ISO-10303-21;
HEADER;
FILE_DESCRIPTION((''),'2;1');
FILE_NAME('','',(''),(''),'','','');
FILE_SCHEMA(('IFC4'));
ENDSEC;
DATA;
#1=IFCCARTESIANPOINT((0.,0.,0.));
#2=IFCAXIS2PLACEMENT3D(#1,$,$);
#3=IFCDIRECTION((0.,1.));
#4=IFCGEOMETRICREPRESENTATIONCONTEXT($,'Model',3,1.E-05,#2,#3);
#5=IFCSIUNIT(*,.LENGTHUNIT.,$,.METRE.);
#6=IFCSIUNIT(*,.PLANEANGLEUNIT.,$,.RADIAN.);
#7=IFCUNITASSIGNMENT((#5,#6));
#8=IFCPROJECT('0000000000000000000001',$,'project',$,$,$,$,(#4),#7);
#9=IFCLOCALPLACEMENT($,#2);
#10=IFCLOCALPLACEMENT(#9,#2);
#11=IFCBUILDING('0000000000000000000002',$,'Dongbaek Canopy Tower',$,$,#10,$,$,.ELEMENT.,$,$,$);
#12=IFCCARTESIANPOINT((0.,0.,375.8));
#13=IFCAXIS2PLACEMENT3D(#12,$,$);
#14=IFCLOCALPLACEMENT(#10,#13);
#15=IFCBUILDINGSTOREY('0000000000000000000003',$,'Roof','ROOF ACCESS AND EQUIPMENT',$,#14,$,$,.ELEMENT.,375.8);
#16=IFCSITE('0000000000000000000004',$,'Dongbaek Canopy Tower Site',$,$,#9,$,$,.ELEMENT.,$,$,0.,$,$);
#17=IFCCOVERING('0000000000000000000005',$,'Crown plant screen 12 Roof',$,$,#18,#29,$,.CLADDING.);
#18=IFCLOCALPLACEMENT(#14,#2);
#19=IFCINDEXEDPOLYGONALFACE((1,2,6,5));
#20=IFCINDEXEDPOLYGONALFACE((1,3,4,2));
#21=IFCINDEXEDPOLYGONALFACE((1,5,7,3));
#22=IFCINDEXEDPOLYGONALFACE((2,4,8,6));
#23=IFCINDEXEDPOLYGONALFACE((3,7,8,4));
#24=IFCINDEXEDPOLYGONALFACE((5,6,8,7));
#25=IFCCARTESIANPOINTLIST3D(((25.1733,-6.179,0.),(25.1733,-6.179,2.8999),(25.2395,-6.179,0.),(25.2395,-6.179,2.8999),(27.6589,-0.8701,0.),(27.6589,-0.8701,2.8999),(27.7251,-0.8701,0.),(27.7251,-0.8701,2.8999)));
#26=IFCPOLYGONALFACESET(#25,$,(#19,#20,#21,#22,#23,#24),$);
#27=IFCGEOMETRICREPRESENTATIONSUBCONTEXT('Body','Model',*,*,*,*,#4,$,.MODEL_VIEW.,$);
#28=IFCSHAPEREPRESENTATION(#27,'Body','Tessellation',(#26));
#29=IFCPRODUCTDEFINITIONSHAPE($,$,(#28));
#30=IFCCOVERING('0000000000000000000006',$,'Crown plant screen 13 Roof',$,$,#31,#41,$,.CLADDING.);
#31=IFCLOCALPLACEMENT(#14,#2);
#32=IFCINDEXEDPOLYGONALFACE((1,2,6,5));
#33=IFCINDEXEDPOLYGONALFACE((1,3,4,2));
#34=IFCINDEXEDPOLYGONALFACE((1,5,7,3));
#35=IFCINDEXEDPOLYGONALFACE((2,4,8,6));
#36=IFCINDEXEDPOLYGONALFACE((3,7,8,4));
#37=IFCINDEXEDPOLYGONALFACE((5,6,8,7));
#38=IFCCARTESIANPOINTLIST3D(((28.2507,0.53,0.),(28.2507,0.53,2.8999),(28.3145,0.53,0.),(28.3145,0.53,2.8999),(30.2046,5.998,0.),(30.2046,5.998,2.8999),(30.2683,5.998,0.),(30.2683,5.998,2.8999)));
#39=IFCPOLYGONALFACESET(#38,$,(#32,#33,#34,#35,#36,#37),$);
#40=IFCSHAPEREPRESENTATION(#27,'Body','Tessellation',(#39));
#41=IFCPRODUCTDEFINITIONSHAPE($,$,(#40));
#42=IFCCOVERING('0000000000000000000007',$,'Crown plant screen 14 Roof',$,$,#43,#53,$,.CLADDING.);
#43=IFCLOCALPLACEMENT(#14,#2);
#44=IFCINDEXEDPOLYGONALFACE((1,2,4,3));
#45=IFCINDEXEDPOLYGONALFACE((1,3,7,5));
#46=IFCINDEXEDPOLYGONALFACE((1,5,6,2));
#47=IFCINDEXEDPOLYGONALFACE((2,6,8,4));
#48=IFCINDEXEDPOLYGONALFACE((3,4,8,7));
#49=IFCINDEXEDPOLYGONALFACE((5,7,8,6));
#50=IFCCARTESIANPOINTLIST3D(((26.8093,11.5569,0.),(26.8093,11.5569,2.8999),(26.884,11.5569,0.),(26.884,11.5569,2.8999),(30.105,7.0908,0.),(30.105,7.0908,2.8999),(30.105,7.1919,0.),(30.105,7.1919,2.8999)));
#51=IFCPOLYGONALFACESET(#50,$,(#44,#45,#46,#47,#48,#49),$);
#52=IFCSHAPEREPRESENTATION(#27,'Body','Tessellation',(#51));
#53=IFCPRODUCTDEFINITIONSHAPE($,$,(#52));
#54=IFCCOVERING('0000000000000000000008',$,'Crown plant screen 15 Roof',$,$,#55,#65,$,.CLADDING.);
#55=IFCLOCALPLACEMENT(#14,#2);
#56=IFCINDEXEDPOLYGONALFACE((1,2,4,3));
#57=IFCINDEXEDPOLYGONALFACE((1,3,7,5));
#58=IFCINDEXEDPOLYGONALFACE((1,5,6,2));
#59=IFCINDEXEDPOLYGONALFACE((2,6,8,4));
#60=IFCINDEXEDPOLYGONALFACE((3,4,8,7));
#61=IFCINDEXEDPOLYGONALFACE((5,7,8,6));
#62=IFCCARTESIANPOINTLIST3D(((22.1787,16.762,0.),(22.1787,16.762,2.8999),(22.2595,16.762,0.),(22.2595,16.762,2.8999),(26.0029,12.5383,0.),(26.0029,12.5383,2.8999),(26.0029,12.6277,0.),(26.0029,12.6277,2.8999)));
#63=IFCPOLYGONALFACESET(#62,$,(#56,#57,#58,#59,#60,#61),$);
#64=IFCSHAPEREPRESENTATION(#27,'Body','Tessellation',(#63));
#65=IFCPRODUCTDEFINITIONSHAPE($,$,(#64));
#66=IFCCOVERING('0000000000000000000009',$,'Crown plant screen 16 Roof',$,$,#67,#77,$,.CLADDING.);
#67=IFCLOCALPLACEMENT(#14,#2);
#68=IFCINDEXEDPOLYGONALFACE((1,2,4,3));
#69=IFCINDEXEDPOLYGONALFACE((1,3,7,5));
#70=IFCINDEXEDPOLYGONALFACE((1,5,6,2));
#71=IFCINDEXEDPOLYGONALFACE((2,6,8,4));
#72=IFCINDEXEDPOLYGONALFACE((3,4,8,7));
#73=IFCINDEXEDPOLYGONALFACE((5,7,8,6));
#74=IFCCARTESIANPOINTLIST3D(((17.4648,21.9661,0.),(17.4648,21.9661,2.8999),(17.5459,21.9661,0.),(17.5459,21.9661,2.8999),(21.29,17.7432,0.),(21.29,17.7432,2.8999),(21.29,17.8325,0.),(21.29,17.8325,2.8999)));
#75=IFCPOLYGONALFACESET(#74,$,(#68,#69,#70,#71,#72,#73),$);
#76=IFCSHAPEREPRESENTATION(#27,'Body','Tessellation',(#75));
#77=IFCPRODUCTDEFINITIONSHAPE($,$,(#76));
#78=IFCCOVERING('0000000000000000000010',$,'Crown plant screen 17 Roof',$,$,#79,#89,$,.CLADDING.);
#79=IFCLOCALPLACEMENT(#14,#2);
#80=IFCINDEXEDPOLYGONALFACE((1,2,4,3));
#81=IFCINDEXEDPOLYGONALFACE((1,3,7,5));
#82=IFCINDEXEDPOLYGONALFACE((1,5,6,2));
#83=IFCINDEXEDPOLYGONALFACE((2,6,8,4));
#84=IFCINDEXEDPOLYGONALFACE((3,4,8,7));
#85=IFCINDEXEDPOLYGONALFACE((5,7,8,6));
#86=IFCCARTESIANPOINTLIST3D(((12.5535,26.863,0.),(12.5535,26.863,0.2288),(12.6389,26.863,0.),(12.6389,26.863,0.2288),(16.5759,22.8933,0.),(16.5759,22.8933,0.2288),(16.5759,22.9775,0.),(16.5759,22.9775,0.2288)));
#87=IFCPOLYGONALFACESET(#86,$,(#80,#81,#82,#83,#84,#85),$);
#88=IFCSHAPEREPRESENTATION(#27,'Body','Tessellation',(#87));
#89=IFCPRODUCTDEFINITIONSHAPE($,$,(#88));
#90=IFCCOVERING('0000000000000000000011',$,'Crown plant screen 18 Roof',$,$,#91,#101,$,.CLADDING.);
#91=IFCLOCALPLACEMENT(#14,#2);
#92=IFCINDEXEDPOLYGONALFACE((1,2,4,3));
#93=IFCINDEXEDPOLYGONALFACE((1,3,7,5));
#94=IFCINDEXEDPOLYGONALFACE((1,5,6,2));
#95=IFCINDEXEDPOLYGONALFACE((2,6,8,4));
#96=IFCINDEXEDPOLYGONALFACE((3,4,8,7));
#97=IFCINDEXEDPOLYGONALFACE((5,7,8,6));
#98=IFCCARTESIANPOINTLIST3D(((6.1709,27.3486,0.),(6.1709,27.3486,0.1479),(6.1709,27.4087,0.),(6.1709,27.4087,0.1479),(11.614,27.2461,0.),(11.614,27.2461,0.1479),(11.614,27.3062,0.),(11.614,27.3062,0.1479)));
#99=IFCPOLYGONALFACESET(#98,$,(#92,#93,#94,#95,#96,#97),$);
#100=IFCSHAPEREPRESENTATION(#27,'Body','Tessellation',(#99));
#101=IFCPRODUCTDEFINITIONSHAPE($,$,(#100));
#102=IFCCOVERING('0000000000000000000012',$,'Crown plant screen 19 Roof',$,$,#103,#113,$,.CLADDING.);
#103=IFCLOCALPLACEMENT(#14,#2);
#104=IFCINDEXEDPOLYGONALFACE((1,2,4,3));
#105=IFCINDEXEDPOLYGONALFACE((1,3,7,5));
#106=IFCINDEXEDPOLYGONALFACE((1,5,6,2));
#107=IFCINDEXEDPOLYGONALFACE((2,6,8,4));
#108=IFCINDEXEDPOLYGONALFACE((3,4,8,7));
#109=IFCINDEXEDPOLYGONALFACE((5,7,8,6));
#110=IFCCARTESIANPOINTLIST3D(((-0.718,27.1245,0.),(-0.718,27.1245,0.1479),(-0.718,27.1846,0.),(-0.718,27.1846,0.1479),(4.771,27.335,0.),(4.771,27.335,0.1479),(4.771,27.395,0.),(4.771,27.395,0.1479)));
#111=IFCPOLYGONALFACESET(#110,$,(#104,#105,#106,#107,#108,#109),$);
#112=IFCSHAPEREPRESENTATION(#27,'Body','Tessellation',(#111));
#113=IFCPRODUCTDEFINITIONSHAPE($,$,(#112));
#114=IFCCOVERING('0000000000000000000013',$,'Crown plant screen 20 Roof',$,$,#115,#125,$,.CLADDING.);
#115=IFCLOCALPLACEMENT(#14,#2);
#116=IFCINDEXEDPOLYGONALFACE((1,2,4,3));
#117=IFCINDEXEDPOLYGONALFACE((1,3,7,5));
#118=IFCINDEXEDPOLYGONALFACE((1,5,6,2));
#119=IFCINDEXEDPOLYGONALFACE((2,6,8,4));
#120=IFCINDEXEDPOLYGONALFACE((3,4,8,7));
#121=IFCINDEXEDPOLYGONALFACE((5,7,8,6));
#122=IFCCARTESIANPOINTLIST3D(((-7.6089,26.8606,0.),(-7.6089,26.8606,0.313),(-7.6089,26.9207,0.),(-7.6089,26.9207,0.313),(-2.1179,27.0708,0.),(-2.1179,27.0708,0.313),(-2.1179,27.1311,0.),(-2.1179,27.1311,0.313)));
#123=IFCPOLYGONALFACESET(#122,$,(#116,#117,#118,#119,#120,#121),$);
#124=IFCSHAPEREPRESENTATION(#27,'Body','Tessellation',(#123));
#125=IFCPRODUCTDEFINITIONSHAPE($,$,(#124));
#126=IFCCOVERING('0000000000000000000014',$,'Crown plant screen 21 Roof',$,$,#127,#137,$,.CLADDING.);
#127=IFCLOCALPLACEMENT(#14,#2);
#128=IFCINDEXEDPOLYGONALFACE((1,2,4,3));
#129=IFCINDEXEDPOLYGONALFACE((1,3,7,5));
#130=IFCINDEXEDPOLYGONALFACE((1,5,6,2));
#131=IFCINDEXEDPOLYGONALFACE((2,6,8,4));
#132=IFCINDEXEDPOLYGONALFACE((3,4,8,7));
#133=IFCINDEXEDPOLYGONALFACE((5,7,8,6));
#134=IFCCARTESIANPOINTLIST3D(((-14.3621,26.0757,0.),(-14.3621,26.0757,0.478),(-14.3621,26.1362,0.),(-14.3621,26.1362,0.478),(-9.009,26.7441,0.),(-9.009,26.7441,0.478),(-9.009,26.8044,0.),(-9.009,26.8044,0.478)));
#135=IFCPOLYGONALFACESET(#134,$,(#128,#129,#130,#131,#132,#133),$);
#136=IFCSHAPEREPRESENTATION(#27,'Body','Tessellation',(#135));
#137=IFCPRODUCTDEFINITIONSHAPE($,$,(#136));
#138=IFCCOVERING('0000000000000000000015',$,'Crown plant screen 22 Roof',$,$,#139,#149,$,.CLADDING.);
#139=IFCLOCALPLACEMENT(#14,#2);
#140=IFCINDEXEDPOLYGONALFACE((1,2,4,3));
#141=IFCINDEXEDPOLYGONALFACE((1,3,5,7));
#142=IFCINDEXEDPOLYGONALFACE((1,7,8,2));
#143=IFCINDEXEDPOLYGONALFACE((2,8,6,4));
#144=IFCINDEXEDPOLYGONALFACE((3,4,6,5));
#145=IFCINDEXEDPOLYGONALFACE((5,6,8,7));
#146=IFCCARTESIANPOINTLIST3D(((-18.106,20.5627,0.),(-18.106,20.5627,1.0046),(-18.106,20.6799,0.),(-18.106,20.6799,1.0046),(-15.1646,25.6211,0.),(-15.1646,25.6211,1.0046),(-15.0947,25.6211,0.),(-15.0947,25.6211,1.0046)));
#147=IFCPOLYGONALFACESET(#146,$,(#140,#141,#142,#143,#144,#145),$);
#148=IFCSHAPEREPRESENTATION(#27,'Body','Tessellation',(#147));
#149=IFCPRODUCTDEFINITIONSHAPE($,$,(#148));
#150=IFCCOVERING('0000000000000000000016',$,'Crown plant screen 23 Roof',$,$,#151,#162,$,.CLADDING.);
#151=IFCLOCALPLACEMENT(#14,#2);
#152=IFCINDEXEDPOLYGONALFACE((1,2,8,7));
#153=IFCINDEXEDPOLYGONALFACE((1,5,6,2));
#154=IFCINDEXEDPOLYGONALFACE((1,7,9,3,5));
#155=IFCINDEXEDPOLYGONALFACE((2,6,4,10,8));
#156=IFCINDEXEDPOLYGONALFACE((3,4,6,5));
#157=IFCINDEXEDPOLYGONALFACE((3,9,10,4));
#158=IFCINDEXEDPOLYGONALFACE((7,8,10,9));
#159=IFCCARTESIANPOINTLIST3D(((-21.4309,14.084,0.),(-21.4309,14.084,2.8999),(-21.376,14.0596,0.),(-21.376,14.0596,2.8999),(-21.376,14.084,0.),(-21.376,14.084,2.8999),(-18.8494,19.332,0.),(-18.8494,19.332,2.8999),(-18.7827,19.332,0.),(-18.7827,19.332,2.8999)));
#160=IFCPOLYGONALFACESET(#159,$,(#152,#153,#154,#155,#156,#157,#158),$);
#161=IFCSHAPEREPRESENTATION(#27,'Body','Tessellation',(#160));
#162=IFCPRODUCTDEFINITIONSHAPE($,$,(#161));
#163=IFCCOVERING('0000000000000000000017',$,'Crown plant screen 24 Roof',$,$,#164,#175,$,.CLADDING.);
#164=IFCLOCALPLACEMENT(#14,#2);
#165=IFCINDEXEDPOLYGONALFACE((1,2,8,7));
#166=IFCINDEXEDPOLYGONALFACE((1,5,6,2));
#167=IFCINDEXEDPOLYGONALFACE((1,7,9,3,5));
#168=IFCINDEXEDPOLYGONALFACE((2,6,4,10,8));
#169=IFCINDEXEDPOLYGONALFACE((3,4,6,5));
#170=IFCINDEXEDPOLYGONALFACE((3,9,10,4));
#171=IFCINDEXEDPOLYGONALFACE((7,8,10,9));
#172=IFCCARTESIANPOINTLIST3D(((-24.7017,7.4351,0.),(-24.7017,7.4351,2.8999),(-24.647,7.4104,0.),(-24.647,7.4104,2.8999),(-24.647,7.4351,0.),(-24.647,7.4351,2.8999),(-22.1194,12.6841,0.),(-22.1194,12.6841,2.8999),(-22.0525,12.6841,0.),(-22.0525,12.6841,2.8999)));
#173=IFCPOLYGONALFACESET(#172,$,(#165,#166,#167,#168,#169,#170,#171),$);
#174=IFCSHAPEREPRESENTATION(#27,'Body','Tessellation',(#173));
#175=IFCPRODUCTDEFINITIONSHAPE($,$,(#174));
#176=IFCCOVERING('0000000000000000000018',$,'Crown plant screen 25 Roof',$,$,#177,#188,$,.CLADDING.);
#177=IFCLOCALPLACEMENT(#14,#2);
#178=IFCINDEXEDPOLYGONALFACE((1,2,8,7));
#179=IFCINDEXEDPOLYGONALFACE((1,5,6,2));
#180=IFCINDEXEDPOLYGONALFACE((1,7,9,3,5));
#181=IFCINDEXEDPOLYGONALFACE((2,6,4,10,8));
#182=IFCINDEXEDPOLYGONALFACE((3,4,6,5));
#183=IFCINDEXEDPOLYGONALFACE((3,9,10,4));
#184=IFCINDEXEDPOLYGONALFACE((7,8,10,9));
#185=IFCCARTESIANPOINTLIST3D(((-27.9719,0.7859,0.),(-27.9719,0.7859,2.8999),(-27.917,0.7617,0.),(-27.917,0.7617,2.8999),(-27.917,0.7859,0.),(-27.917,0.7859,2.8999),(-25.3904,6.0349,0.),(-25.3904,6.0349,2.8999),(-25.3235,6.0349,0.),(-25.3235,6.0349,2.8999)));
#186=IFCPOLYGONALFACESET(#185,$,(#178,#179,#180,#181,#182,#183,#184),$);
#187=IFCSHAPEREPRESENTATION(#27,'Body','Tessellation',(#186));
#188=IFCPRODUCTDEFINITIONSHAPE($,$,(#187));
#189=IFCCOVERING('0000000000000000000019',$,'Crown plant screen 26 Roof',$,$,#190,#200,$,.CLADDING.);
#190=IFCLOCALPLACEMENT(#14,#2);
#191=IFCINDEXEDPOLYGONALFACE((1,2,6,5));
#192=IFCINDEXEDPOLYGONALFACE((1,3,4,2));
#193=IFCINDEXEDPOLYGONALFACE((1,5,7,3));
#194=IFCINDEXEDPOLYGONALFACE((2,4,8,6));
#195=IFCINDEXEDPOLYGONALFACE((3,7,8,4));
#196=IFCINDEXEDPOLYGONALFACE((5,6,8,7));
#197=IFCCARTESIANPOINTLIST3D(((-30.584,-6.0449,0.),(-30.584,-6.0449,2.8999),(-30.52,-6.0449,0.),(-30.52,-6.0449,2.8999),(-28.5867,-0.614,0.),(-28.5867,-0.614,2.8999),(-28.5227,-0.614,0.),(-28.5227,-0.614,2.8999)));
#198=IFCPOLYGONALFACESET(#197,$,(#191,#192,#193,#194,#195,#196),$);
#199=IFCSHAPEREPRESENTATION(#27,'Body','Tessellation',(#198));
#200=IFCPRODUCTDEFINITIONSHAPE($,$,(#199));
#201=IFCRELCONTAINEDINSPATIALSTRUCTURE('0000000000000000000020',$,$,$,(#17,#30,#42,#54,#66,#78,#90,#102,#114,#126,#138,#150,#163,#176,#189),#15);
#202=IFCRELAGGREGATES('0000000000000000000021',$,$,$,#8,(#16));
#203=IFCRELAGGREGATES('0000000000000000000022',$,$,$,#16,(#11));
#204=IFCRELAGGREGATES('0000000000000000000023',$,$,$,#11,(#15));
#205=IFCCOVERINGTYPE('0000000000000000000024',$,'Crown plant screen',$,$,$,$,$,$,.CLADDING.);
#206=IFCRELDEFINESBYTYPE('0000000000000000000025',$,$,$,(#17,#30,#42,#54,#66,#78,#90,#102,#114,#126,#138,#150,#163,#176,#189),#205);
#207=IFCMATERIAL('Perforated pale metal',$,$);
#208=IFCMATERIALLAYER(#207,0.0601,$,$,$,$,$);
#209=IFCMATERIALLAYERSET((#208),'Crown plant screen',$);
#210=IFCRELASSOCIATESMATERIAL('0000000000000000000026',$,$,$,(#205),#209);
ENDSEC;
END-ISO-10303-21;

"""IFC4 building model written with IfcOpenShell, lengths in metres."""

from ifc_helpers import new_model, si_unit, direction, frame, origin, place, context, subcontext, project, spatial, polyline, outline, extrude, material, layer, layer_set, type_object, element, save


model = new_model("IFC4")

# Units and contexts
model_context = context("Model", 3, precision=1e-05, world=origin(), true_north=direction((0.0, 1.0)))
body_context = subcontext(model_context, "Body", "Model", "MODEL_VIEW")
ifc_project = project(units=[si_unit("LENGTHUNIT", "METRE"), si_unit("PLANEANGLEUNIT", "RADIAN")], contexts=[model_context])

# Site, building, storey
site_placement = place(None, origin())
site = spatial("IfcSite", under=ifc_project, at=site_placement, Name="Dongbaek Canopy Tower Site", CompositionType="ELEMENT", RefElevation=0.0)
building_placement = place(site_placement, origin())
building = spatial("IfcBuilding", under=site, at=building_placement, Name="Dongbaek Canopy Tower", CompositionType="ELEMENT")
storey_placement = place(building_placement, frame((0.0, 0.0, 375.8)))
storey = spatial("IfcBuildingStorey", under=building, at=storey_placement, Name="Roof", Description="ROOF ACCESS AND EQUIPMENT", CompositionType="ELEMENT", Elevation=375.8)

# Coverings
ifc_material_1 = material(Name="Perforated pale metal")
ifc_layer_1 = layer(ifc_material_1, 0.0601)
ifc_layer_set_1 = layer_set([ifc_layer_1], Name="Crown plant screen")
covering_type = type_object("IfcCoveringType", Name="Crown plant screen", PredefinedType="CLADDING", material=ifc_layer_set_1)
covering_1_placement = place(storey_placement, origin())
element("IfcCovering", 1, at=covering_1_placement, inside=storey, type_object=covering_type, Name="Crown plant screen 12 Roof", PredefinedType="CLADDING", context=body_context, shape_type="SweptSolid", body=[
    extrude(outline(polyline([(25.2395, -6.179), (25.1733, -6.179), (27.6589, -0.8701), (27.7251, -0.8701), (25.2395, -6.179)])), origin(), (0.0, 0.0, 1.0), 2.8999),
])
covering_2_placement = place(storey_placement, origin())
element("IfcCovering", 2, at=covering_2_placement, inside=storey, type_object=covering_type, Name="Crown plant screen 13 Roof", PredefinedType="CLADDING", context=body_context, shape_type="SweptSolid", body=[
    extrude(outline(polyline([(28.3145, 0.53), (28.2507, 0.53), (30.2046, 5.998), (30.2683, 5.998), (28.3145, 0.53)])), origin(), (0.0, 0.0, 1.0), 2.8999),
])
covering_3_placement = place(storey_placement, origin())
element("IfcCovering", 3, at=covering_3_placement, inside=storey, type_object=covering_type, Name="Crown plant screen 14 Roof", PredefinedType="CLADDING", context=body_context, shape_type="SweptSolid", body=[
    extrude(outline(polyline([(30.105, 7.1919), (30.105, 7.0908), (26.8093, 11.5569), (26.884, 11.5569), (30.105, 7.1919)])), origin(), (0.0, 0.0, 1.0), 2.8999),
])
covering_4_placement = place(storey_placement, origin())
element("IfcCovering", 4, at=covering_4_placement, inside=storey, type_object=covering_type, Name="Crown plant screen 15 Roof", PredefinedType="CLADDING", context=body_context, shape_type="SweptSolid", body=[
    extrude(outline(polyline([(26.0029, 12.6277), (26.0029, 12.5383), (22.1787, 16.762), (22.2595, 16.762), (26.0029, 12.6277)])), origin(), (0.0, 0.0, 1.0), 2.8999),
])
covering_5_placement = place(storey_placement, origin())
element("IfcCovering", 5, at=covering_5_placement, inside=storey, type_object=covering_type, Name="Crown plant screen 16 Roof", PredefinedType="CLADDING", context=body_context, shape_type="SweptSolid", body=[
    extrude(outline(polyline([(21.29, 17.8325), (21.29, 17.7432), (17.4648, 21.9661), (17.5459, 21.9661), (21.29, 17.8325)])), origin(), (0.0, 0.0, 1.0), 2.8999),
])
covering_6_placement = place(storey_placement, origin())
element("IfcCovering", 6, at=covering_6_placement, inside=storey, type_object=covering_type, Name="Crown plant screen 17 Roof", PredefinedType="CLADDING", context=body_context, shape_type="SweptSolid", body=[
    extrude(outline(polyline([(16.5759, 22.9775), (16.5759, 22.8933), (12.5535, 26.863), (12.6389, 26.863), (16.5759, 22.9775)])), origin(), (0.0, 0.0, 1.0), 0.2288),
])
covering_7_placement = place(storey_placement, origin())
element("IfcCovering", 7, at=covering_7_placement, inside=storey, type_object=covering_type, Name="Crown plant screen 18 Roof", PredefinedType="CLADDING", context=body_context, shape_type="SweptSolid", body=[
    extrude(outline(polyline([(11.614, 27.3062), (11.614, 27.2461), (6.1709, 27.3486), (6.1709, 27.4087), (11.614, 27.3062)])), origin(), (0.0, 0.0, 1.0), 0.1479),
])
covering_8_placement = place(storey_placement, origin())
element("IfcCovering", 8, at=covering_8_placement, inside=storey, type_object=covering_type, Name="Crown plant screen 19 Roof", PredefinedType="CLADDING", context=body_context, shape_type="SweptSolid", body=[
    extrude(outline(polyline([(4.771, 27.395), (4.771, 27.335), (-0.718, 27.1245), (-0.718, 27.1846), (4.771, 27.395)])), origin(), (0.0, 0.0, 1.0), 0.1479),
])
covering_9_placement = place(storey_placement, origin())
element("IfcCovering", 9, at=covering_9_placement, inside=storey, type_object=covering_type, Name="Crown plant screen 20 Roof", PredefinedType="CLADDING", context=body_context, shape_type="SweptSolid", body=[
    extrude(outline(polyline([(-2.1179, 27.1311), (-2.1179, 27.0708), (-7.6089, 26.8606), (-7.6089, 26.9207), (-2.1179, 27.1311)])), origin(), (0.0, 0.0, 1.0), 0.313),
])
covering_10_placement = place(storey_placement, origin())
element("IfcCovering", 10, at=covering_10_placement, inside=storey, type_object=covering_type, Name="Crown plant screen 21 Roof", PredefinedType="CLADDING", context=body_context, shape_type="SweptSolid", body=[
    extrude(outline(polyline([(-9.009, 26.8044), (-9.009, 26.7441), (-14.3621, 26.0757), (-14.3621, 26.1362), (-9.009, 26.8044)])), origin(), (0.0, 0.0, 1.0), 0.478),
])
covering_11_placement = place(storey_placement, origin())
element("IfcCovering", 11, at=covering_11_placement, inside=storey, type_object=covering_type, Name="Crown plant screen 22 Roof", PredefinedType="CLADDING", context=body_context, shape_type="SweptSolid", body=[
    extrude(outline(polyline([(-15.1646, 25.6211), (-15.0947, 25.6211), (-18.106, 20.5627), (-18.106, 20.6799), (-15.1646, 25.6211)])), origin(), (0.0, 0.0, 1.0), 1.0046),
])
covering_12_placement = place(storey_placement, origin())
element("IfcCovering", 12, at=covering_12_placement, inside=storey, type_object=covering_type, Name="Crown plant screen 23 Roof", PredefinedType="CLADDING", context=body_context, shape_type="SweptSolid", body=[
    extrude(outline(polyline([(-18.8494, 19.332), (-18.7827, 19.332), (-21.376, 14.0596), (-21.376, 14.084), (-21.4309, 14.084), (-18.8494, 19.332)])), origin(), (0.0, 0.0, 1.0), 2.8999),
])
covering_13_placement = place(storey_placement, origin())
element("IfcCovering", 13, at=covering_13_placement, inside=storey, type_object=covering_type, Name="Crown plant screen 24 Roof", PredefinedType="CLADDING", context=body_context, shape_type="SweptSolid", body=[
    extrude(outline(polyline([(-22.1194, 12.6841), (-22.0525, 12.6841), (-24.647, 7.4104), (-24.647, 7.4351), (-24.7017, 7.4351), (-22.1194, 12.6841)])), origin(), (0.0, 0.0, 1.0), 2.8999),
])
covering_14_placement = place(storey_placement, origin())
element("IfcCovering", 14, at=covering_14_placement, inside=storey, type_object=covering_type, Name="Crown plant screen 25 Roof", PredefinedType="CLADDING", context=body_context, shape_type="SweptSolid", body=[
    extrude(outline(polyline([(-25.3904, 6.0349), (-25.3235, 6.0349), (-27.917, 0.7617), (-27.917, 0.7859), (-27.9719, 0.7859), (-25.3904, 6.0349)])), origin(), (0.0, 0.0, 1.0), 2.8999),
])
covering_15_placement = place(storey_placement, origin())
element("IfcCovering", 15, at=covering_15_placement, inside=storey, type_object=covering_type, Name="Crown plant screen 26 Roof", PredefinedType="CLADDING", context=body_context, shape_type="SweptSolid", body=[
    extrude(outline(polyline([(-28.5867, -0.614), (-28.5227, -0.614), (-30.52, -6.0449), (-30.584, -6.0449), (-28.5867, -0.614)])), origin(), (0.0, 0.0, 1.0), 2.8999),
])

save(model, "model.ifc")
